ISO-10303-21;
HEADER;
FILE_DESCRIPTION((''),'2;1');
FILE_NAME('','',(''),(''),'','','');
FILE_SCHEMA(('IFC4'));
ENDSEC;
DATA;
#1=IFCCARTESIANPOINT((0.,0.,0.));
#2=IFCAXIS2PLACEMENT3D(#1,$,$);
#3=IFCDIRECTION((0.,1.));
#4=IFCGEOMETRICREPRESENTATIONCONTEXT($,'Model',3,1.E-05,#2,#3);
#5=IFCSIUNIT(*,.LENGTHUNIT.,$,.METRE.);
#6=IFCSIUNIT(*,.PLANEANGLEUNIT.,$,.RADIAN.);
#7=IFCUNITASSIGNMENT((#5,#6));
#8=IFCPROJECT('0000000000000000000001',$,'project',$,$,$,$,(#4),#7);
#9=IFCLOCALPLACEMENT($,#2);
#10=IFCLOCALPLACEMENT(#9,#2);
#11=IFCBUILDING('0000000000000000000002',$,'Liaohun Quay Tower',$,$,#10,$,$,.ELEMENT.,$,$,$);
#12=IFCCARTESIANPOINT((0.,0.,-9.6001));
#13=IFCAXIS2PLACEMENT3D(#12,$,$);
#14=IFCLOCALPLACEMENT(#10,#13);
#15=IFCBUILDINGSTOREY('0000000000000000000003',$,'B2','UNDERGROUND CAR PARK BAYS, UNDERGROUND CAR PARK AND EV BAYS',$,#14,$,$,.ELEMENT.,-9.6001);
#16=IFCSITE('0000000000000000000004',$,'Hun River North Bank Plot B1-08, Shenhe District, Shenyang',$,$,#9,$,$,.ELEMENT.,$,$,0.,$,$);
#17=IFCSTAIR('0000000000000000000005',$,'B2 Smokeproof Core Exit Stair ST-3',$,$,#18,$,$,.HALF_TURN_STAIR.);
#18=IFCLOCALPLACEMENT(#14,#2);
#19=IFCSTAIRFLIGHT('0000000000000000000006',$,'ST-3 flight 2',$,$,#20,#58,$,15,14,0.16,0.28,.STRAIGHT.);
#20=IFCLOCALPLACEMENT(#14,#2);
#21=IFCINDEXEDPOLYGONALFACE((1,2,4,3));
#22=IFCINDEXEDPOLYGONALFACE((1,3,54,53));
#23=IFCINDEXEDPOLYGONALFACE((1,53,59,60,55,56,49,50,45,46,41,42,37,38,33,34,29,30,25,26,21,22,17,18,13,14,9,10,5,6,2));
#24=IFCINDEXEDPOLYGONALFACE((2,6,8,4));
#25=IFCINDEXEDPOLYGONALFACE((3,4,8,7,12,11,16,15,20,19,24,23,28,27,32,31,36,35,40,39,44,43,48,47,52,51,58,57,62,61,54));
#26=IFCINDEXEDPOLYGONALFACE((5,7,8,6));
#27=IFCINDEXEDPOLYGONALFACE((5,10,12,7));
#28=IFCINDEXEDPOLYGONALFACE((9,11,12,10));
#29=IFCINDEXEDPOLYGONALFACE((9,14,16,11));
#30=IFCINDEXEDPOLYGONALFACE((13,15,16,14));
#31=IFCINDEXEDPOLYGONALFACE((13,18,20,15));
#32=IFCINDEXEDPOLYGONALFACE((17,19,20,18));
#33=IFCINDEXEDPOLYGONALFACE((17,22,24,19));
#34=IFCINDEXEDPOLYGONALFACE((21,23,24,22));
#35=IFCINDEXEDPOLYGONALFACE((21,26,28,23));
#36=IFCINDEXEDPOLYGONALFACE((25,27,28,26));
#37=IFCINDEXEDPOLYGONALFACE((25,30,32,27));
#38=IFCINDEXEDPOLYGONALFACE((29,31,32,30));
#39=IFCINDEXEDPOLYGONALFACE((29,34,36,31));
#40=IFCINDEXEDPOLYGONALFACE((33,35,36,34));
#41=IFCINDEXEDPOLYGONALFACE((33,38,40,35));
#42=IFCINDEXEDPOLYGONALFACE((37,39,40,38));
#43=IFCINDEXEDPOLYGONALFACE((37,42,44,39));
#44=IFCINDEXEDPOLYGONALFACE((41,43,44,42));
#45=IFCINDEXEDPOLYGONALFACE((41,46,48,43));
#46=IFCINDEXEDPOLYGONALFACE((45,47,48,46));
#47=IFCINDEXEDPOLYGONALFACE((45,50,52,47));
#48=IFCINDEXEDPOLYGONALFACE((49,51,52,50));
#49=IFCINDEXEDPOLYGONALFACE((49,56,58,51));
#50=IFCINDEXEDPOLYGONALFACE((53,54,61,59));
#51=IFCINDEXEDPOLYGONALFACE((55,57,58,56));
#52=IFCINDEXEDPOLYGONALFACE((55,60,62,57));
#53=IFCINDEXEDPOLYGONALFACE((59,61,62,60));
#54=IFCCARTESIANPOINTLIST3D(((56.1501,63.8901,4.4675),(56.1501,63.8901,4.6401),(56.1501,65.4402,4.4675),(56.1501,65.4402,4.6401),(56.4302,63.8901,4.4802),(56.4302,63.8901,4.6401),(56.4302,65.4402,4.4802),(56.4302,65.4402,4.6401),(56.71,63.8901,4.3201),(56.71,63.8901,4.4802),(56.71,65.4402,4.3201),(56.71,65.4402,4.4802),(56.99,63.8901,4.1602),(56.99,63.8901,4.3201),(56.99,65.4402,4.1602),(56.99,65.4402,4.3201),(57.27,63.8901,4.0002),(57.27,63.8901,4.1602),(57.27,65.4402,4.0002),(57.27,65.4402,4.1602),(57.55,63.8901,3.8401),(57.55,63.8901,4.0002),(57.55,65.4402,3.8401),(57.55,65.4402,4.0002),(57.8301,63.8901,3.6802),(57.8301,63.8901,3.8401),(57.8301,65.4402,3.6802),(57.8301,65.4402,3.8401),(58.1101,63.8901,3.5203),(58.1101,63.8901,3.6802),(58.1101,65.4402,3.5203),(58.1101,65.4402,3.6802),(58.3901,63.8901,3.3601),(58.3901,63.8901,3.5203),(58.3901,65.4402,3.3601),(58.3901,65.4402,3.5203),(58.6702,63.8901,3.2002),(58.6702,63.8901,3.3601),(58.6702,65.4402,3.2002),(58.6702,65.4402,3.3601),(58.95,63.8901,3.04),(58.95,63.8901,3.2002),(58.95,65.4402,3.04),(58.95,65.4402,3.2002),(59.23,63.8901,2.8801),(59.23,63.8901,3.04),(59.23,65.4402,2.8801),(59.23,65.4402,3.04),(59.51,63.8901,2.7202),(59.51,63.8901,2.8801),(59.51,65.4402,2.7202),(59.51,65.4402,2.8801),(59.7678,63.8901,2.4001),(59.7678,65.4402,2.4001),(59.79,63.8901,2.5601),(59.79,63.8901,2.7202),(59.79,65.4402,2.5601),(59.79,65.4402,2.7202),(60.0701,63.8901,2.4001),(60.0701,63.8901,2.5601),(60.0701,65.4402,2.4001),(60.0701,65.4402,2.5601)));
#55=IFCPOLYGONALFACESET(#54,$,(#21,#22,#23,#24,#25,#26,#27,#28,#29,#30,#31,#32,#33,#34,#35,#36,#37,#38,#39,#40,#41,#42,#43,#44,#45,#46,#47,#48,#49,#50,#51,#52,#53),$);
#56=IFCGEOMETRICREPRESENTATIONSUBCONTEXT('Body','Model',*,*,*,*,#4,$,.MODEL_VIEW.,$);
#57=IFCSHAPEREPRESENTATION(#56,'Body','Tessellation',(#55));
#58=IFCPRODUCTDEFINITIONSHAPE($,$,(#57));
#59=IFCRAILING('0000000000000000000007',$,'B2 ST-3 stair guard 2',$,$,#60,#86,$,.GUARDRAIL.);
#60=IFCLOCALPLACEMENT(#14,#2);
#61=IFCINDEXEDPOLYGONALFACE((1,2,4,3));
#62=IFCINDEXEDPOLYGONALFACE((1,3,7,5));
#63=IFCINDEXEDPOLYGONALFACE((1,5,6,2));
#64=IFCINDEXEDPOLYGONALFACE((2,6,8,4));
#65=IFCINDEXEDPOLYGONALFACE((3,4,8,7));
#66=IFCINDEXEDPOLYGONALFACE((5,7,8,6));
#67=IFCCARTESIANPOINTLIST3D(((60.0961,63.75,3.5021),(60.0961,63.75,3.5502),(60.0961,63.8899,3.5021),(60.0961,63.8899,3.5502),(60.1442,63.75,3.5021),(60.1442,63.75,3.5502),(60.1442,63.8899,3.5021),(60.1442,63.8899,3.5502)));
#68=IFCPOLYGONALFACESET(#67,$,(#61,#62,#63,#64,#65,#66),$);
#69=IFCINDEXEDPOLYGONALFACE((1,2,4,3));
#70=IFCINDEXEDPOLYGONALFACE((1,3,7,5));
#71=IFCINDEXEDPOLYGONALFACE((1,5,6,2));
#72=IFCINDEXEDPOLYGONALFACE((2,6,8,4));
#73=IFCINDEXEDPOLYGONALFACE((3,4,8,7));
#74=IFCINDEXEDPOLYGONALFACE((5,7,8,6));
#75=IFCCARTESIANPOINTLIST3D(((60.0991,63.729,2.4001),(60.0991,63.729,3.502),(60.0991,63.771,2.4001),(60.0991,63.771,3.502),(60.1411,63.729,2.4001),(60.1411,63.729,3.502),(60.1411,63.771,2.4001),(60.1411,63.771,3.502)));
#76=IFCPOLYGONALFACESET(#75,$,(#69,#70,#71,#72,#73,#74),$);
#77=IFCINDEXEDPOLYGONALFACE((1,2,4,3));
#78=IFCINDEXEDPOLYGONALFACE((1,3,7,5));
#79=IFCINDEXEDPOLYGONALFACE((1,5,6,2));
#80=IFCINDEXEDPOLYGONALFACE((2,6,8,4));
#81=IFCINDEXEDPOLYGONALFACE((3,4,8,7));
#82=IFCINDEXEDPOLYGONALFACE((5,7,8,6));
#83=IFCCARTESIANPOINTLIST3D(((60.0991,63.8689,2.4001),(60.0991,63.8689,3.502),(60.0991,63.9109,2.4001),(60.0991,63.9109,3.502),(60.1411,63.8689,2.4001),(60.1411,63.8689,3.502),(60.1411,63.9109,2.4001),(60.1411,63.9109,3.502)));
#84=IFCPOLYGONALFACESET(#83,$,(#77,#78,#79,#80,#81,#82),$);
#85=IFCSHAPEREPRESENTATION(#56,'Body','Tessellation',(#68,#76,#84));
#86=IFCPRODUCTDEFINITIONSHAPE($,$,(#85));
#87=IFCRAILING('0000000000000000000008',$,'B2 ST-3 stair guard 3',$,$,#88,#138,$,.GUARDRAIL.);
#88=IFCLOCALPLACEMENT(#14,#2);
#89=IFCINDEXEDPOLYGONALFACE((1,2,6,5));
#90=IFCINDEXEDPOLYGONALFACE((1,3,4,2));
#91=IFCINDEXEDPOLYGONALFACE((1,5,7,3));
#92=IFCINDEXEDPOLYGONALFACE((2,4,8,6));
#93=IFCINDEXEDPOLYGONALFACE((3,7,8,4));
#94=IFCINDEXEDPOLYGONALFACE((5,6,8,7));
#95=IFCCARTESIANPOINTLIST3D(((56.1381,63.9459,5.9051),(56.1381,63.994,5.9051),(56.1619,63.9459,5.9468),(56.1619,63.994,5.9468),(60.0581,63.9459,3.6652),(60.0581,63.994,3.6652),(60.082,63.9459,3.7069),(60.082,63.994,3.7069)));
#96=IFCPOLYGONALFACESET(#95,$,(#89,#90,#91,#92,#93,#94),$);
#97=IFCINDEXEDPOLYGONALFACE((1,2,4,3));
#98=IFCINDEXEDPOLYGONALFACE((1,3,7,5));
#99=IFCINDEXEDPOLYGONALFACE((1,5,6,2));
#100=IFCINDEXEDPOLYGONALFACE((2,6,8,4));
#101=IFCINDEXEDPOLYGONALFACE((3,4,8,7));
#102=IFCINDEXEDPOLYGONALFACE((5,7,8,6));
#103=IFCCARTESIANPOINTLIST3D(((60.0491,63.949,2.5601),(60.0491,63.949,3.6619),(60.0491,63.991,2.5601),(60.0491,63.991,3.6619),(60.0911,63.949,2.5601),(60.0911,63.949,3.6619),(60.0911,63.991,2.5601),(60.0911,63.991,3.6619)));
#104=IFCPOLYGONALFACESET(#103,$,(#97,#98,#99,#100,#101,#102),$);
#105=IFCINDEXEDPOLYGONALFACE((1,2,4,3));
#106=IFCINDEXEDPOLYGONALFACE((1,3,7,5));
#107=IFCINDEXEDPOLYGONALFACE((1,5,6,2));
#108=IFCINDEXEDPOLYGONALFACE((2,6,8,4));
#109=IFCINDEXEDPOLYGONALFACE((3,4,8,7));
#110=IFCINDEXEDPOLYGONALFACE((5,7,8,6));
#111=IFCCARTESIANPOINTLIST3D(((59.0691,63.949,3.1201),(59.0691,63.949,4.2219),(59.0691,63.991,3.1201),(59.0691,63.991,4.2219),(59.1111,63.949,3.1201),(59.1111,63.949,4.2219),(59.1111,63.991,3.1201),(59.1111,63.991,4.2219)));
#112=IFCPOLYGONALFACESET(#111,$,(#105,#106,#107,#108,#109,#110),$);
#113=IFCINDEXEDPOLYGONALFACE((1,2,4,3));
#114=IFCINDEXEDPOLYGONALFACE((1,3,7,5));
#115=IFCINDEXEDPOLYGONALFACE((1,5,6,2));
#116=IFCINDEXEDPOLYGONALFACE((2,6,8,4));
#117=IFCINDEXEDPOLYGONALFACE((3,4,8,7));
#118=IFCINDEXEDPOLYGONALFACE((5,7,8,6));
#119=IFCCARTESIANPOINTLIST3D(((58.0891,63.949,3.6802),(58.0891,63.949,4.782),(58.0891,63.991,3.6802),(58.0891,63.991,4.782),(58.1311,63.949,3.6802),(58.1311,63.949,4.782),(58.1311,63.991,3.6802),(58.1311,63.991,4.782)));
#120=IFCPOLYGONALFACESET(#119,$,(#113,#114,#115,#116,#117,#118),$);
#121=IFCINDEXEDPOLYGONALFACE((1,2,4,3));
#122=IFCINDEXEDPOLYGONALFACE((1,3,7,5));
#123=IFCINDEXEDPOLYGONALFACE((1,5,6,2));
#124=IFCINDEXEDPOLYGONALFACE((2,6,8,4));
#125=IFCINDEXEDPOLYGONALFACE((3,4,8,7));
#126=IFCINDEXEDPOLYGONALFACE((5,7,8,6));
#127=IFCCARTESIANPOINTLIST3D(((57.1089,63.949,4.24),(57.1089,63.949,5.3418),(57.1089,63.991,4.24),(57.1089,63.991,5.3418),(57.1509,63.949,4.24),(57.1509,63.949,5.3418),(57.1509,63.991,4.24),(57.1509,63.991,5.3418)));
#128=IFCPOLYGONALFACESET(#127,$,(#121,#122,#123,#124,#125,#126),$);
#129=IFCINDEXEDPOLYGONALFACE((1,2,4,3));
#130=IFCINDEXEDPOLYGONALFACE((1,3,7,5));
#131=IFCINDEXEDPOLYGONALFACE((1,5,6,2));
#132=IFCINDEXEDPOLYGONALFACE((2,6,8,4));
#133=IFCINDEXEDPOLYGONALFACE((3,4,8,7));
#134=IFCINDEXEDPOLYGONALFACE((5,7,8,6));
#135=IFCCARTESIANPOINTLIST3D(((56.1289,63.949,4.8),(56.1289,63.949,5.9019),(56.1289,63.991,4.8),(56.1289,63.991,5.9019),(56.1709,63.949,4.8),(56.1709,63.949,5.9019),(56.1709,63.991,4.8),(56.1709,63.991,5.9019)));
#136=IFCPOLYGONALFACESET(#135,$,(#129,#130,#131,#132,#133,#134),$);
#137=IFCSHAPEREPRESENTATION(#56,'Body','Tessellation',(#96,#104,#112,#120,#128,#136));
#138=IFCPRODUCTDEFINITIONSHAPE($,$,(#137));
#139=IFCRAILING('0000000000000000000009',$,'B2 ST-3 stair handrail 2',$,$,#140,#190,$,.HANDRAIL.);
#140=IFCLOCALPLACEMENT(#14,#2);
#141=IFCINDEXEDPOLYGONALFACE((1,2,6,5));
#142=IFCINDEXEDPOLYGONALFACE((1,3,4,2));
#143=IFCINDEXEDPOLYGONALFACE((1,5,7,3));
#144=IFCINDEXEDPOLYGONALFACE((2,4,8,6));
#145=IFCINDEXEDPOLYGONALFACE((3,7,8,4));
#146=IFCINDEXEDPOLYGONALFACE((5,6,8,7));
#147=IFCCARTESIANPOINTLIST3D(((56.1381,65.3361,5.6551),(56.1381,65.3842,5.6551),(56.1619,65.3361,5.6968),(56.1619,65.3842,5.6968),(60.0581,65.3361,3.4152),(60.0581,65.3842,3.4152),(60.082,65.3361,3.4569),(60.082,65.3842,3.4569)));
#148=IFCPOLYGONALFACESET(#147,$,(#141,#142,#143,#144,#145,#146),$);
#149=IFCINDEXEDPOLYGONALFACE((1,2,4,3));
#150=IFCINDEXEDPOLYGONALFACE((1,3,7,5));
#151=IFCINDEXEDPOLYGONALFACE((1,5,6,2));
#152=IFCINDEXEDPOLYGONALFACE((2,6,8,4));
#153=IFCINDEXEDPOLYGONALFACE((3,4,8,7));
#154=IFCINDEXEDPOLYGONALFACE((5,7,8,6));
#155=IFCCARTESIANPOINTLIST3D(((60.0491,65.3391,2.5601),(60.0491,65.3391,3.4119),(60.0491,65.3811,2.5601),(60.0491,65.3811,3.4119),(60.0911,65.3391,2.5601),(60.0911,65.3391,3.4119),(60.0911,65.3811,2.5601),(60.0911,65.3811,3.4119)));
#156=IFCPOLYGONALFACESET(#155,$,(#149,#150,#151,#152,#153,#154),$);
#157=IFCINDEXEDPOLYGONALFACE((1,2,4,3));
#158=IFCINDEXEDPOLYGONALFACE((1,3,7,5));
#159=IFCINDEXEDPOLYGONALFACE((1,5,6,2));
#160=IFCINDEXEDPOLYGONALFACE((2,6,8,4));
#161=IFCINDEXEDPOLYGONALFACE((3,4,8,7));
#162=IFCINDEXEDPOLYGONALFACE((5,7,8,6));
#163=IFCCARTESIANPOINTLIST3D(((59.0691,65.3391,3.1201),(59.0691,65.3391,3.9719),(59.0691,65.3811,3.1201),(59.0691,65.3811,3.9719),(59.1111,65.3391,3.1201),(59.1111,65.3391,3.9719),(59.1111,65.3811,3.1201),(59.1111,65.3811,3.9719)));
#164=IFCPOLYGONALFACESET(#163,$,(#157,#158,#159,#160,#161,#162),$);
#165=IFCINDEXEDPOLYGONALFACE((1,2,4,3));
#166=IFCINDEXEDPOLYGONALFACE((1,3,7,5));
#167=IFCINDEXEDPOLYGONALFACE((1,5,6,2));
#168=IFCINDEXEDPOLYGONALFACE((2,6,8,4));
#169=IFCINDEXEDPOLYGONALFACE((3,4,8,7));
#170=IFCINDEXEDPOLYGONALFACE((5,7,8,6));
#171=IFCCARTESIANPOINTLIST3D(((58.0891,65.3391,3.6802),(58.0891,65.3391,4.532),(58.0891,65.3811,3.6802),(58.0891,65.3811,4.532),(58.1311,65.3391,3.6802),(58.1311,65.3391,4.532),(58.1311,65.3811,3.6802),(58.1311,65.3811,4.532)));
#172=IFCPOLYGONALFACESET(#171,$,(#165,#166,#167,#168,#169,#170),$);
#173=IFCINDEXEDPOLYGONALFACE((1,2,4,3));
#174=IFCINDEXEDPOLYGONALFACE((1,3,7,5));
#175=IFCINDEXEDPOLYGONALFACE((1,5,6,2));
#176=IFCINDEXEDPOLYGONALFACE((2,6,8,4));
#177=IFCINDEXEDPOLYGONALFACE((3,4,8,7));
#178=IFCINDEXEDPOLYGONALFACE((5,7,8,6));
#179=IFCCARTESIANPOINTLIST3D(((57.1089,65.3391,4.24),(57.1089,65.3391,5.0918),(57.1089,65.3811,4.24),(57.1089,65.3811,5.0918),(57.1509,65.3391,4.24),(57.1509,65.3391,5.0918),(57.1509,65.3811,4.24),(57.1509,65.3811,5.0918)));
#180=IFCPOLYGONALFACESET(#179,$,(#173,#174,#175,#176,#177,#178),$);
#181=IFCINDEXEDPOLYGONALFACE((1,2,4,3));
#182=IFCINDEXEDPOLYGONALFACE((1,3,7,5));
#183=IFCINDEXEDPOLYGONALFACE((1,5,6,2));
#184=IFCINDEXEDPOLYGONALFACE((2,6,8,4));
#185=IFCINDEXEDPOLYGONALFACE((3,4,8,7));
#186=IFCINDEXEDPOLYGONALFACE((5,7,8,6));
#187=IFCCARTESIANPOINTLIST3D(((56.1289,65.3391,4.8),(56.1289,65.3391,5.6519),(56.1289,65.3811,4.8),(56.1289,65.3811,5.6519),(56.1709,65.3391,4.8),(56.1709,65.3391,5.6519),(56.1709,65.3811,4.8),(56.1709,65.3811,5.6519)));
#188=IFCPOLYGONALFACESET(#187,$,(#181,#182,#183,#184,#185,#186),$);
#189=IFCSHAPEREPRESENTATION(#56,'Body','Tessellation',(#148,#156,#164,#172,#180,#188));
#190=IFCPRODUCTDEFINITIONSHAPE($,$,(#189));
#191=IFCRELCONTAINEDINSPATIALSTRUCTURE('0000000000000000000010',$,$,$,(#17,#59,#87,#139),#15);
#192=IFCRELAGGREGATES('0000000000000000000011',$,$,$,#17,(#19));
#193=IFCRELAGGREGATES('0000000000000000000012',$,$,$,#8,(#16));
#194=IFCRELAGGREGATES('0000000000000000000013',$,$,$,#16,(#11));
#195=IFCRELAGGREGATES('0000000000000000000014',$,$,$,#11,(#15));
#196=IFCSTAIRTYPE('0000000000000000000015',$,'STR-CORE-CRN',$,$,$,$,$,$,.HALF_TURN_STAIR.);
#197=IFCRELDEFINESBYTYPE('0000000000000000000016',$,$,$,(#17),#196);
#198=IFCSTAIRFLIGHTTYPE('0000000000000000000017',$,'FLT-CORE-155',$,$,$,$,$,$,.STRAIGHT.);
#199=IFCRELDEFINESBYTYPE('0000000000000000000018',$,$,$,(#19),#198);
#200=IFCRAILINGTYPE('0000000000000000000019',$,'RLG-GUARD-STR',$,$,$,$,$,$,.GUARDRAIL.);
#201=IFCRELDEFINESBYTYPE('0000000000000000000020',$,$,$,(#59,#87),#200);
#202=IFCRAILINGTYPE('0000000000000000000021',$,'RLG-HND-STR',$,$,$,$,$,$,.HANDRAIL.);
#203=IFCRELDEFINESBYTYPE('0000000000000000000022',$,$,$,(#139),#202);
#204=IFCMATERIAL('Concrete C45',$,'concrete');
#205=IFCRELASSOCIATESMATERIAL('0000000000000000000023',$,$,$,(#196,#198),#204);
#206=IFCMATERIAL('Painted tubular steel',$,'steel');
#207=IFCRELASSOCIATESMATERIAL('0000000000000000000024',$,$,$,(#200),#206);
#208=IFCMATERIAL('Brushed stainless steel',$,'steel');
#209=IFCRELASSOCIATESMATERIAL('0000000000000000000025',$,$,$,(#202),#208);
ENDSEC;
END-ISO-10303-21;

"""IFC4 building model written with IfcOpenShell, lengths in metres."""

from ifc_helpers import new_model, si_unit, direction, frame, origin, origin_2d, place, context, subcontext, project, spatial, polyline, rectangle, outline, extrude, material, type_object, element, aggregate, save


model = new_model("IFC4")

# Units and contexts
model_context = context("Model", 3, precision=1e-05, world=origin(), true_north=direction((0.0, 1.0)))
body_context = subcontext(model_context, "Body", "Model", "MODEL_VIEW")
ifc_project = project(units=[si_unit("LENGTHUNIT", "METRE"), si_unit("PLANEANGLEUNIT", "RADIAN")], contexts=[model_context])

# Site, building, storey
site_placement = place(None, origin())
site = spatial("IfcSite", under=ifc_project, at=site_placement, Name="Hun River North Bank Plot B1-08, Shenhe District, Shenyang", CompositionType="ELEMENT", RefElevation=0.0)
building_placement = place(site_placement, origin())
building = spatial("IfcBuilding", under=site, at=building_placement, Name="Liaohun Quay Tower", CompositionType="ELEMENT")
storey_placement = place(building_placement, frame((0.0, 0.0, -9.6001)))
storey = spatial("IfcBuildingStorey", under=building, at=storey_placement, Name="B2", Description="UNDERGROUND CAR PARK BAYS, UNDERGROUND CAR PARK AND EV BAYS", CompositionType="ELEMENT", Elevation=-9.6001)

# Shared definitions
ifc_material_1 = material(Name="Concrete C45", Category="concrete")

# Stair, stair flight
stair_type = type_object("IfcStairType", Name="STR-CORE-CRN", PredefinedType="HALF_TURN_STAIR", material=ifc_material_1)
stair_placement = place(storey_placement, origin())
stair = element("IfcStair", 1, at=stair_placement, inside=storey, type_object=stair_type, Name="B2 Smokeproof Core Exit Stair ST-3", PredefinedType="HALF_TURN_STAIR")
stair_flight_type = type_object("IfcStairFlightType", Name="FLT-CORE-155", PredefinedType="STRAIGHT", material=ifc_material_1)
stair_flight_placement = place(storey_placement, frame((60.0701, 64.665, 2.4001), z_axis=(0.0, 0.0, 1.0), x_axis=(-1.0, 0.0, 0.0)))
stair_flight = element("IfcStairFlight", 2, at=stair_flight_placement, type_object=stair_flight_type, Name="ST-3 flight 2", NumberOfRisers=15, NumberOfTreads=14, PredefinedType="STRAIGHT", RiserHeight=0.16, TreadLength=0.28, context=body_context, shape_type="SweptSolid", body=[
    extrude(outline(polyline([(0.0, 0.0), (0.0, 0.1599), (0.28, 0.1599), (0.28, 0.3201), (0.5601, 0.3201), (0.5601, 0.48), (0.8401, 0.48), (0.8401, 0.6399), (1.1201, 0.6399), (1.1201, 0.8), (1.3999, 0.8), (1.3999, 0.96), (1.6799, 0.96), (1.6799, 1.1201), (1.96, 1.1201), (1.96, 1.28), (2.24, 1.28), (2.24, 1.4399), (2.52, 1.4399), (2.52, 1.6001), (2.8, 1.6001), (2.8, 1.76), (3.0801, 1.76), (3.0801, 1.9199), (3.3601, 1.9199), (3.3601, 2.0801), (3.6399, 2.0801), (3.6399, 2.24), (3.9199, 2.24), (3.9199, 2.3999), (3.9199, 2.0674), (0.3022, 0.0), (0.0, 0.0)])), frame((0.0, 0.7749, 0.0), z_axis=(0.0, -1.0, 0.0), x_axis=(1.0, 0.0, 0.0)), (0.0, 0.0, 1.0), 1.55),
])
aggregate(stair, [stair_flight])

# Railings
ifc_material_2 = material(Name="Painted tubular steel", Category="steel")
railing_type_1 = type_object("IfcRailingType", Name="RLG-GUARD-STR", PredefinedType="GUARDRAIL", material=ifc_material_2)
railing_1_placement = place(storey_placement, frame((60.1201, 63.75, 2.4001)))
element("IfcRailing", 3, at=railing_1_placement, inside=storey, type_object=railing_type_1, Name="B2 ST-3 stair guard 2", PredefinedType="GUARDRAIL", context=body_context, shape_type="SweptSolid", body=[
    extrude(rectangle(XDim=0.0481, YDim=0.0481, at=origin_2d()), frame((0.0, 0.0, 1.126), z_axis=(0.0, 1.0, 0.0), x_axis=(-1.0, 0.0, 0.0)), (0.0, 0.0, 1.0), 0.1399),
    extrude(rectangle(XDim=0.042, YDim=0.042, at=origin_2d()), origin(), (0.0, 0.0, 1.0), 1.1018),
    extrude(rectangle(XDim=0.042, YDim=0.042, at=origin_2d()), frame((0.0, 0.1399, 0.0)), (0.0, 0.0, 1.0), 1.1018),
])
railing_2_placement = place(storey_placement, frame((60.0701, 63.97, 2.5601)))
element("IfcRailing", 4, at=railing_2_placement, inside=storey, type_object=railing_type_1, Name="B2 ST-3 stair guard 3", PredefinedType="GUARDRAIL", context=body_context, shape_type="SweptSolid", body=[
    extrude(rectangle(XDim=0.0481, YDim=0.0481, at=origin_2d()), frame((0.0, 0.0, 1.126), z_axis=(-0.868253, 0.0, 0.496121), x_axis=(0.0, -1.0, 0.0)), (0.0, 0.0, 1.0), 4.5149),
    extrude(rectangle(XDim=0.042, YDim=0.042, at=origin_2d()), origin(), (0.0, 0.0, 1.0), 1.1018),
    extrude(rectangle(XDim=0.042, YDim=0.042, at=origin_2d()), frame((-0.98, 0.0, 0.5601)), (0.0, 0.0, 1.0), 1.1018),
    extrude(rectangle(XDim=0.042, YDim=0.042, at=origin_2d()), frame((-1.96, 0.0, 1.1201)), (0.0, 0.0, 1.0), 1.1018),
    extrude(rectangle(XDim=0.042, YDim=0.042, at=origin_2d()), frame((-2.9402, 0.0, 1.6799)), (0.0, 0.0, 1.0), 1.1018),
    extrude(rectangle(XDim=0.042, YDim=0.042, at=origin_2d()), frame((-3.9202, 0.0, 2.24)), (0.0, 0.0, 1.0), 1.1018),
])
ifc_material_3 = material(Name="Brushed stainless steel", Category="steel")
railing_type_2 = type_object("IfcRailingType", Name="RLG-HND-STR", PredefinedType="HANDRAIL", material=ifc_material_3)
railing_3_placement = place(storey_placement, frame((60.0701, 65.3601, 2.5601)))
element("IfcRailing", 5, at=railing_3_placement, inside=storey, type_object=railing_type_2, Name="B2 ST-3 stair handrail 2", PredefinedType="HANDRAIL", context=body_context, shape_type="SweptSolid", body=[
    extrude(rectangle(XDim=0.0481, YDim=0.0481, at=origin_2d()), frame((0.0, 0.0, 0.876), z_axis=(-0.868253, 0.0, 0.496121), x_axis=(0.0, -1.0, 0.0)), (0.0, 0.0, 1.0), 4.5149),
    extrude(rectangle(XDim=0.042, YDim=0.042, at=origin_2d()), origin(), (0.0, 0.0, 1.0), 0.8518),
    extrude(rectangle(XDim=0.042, YDim=0.042, at=origin_2d()), frame((-0.98, 0.0, 0.5601)), (0.0, 0.0, 1.0), 0.8518),
    extrude(rectangle(XDim=0.042, YDim=0.042, at=origin_2d()), frame((-1.96, 0.0, 1.1201)), (0.0, 0.0, 1.0), 0.8518),
    extrude(rectangle(XDim=0.042, YDim=0.042, at=origin_2d()), frame((-2.9402, 0.0, 1.6799)), (0.0, 0.0, 1.0), 0.8518),
    extrude(rectangle(XDim=0.042, YDim=0.042, at=origin_2d()), frame((-3.9202, 0.0, 2.24)), (0.0, 0.0, 1.0), 0.8518),
])

save(model, "model.ifc")
